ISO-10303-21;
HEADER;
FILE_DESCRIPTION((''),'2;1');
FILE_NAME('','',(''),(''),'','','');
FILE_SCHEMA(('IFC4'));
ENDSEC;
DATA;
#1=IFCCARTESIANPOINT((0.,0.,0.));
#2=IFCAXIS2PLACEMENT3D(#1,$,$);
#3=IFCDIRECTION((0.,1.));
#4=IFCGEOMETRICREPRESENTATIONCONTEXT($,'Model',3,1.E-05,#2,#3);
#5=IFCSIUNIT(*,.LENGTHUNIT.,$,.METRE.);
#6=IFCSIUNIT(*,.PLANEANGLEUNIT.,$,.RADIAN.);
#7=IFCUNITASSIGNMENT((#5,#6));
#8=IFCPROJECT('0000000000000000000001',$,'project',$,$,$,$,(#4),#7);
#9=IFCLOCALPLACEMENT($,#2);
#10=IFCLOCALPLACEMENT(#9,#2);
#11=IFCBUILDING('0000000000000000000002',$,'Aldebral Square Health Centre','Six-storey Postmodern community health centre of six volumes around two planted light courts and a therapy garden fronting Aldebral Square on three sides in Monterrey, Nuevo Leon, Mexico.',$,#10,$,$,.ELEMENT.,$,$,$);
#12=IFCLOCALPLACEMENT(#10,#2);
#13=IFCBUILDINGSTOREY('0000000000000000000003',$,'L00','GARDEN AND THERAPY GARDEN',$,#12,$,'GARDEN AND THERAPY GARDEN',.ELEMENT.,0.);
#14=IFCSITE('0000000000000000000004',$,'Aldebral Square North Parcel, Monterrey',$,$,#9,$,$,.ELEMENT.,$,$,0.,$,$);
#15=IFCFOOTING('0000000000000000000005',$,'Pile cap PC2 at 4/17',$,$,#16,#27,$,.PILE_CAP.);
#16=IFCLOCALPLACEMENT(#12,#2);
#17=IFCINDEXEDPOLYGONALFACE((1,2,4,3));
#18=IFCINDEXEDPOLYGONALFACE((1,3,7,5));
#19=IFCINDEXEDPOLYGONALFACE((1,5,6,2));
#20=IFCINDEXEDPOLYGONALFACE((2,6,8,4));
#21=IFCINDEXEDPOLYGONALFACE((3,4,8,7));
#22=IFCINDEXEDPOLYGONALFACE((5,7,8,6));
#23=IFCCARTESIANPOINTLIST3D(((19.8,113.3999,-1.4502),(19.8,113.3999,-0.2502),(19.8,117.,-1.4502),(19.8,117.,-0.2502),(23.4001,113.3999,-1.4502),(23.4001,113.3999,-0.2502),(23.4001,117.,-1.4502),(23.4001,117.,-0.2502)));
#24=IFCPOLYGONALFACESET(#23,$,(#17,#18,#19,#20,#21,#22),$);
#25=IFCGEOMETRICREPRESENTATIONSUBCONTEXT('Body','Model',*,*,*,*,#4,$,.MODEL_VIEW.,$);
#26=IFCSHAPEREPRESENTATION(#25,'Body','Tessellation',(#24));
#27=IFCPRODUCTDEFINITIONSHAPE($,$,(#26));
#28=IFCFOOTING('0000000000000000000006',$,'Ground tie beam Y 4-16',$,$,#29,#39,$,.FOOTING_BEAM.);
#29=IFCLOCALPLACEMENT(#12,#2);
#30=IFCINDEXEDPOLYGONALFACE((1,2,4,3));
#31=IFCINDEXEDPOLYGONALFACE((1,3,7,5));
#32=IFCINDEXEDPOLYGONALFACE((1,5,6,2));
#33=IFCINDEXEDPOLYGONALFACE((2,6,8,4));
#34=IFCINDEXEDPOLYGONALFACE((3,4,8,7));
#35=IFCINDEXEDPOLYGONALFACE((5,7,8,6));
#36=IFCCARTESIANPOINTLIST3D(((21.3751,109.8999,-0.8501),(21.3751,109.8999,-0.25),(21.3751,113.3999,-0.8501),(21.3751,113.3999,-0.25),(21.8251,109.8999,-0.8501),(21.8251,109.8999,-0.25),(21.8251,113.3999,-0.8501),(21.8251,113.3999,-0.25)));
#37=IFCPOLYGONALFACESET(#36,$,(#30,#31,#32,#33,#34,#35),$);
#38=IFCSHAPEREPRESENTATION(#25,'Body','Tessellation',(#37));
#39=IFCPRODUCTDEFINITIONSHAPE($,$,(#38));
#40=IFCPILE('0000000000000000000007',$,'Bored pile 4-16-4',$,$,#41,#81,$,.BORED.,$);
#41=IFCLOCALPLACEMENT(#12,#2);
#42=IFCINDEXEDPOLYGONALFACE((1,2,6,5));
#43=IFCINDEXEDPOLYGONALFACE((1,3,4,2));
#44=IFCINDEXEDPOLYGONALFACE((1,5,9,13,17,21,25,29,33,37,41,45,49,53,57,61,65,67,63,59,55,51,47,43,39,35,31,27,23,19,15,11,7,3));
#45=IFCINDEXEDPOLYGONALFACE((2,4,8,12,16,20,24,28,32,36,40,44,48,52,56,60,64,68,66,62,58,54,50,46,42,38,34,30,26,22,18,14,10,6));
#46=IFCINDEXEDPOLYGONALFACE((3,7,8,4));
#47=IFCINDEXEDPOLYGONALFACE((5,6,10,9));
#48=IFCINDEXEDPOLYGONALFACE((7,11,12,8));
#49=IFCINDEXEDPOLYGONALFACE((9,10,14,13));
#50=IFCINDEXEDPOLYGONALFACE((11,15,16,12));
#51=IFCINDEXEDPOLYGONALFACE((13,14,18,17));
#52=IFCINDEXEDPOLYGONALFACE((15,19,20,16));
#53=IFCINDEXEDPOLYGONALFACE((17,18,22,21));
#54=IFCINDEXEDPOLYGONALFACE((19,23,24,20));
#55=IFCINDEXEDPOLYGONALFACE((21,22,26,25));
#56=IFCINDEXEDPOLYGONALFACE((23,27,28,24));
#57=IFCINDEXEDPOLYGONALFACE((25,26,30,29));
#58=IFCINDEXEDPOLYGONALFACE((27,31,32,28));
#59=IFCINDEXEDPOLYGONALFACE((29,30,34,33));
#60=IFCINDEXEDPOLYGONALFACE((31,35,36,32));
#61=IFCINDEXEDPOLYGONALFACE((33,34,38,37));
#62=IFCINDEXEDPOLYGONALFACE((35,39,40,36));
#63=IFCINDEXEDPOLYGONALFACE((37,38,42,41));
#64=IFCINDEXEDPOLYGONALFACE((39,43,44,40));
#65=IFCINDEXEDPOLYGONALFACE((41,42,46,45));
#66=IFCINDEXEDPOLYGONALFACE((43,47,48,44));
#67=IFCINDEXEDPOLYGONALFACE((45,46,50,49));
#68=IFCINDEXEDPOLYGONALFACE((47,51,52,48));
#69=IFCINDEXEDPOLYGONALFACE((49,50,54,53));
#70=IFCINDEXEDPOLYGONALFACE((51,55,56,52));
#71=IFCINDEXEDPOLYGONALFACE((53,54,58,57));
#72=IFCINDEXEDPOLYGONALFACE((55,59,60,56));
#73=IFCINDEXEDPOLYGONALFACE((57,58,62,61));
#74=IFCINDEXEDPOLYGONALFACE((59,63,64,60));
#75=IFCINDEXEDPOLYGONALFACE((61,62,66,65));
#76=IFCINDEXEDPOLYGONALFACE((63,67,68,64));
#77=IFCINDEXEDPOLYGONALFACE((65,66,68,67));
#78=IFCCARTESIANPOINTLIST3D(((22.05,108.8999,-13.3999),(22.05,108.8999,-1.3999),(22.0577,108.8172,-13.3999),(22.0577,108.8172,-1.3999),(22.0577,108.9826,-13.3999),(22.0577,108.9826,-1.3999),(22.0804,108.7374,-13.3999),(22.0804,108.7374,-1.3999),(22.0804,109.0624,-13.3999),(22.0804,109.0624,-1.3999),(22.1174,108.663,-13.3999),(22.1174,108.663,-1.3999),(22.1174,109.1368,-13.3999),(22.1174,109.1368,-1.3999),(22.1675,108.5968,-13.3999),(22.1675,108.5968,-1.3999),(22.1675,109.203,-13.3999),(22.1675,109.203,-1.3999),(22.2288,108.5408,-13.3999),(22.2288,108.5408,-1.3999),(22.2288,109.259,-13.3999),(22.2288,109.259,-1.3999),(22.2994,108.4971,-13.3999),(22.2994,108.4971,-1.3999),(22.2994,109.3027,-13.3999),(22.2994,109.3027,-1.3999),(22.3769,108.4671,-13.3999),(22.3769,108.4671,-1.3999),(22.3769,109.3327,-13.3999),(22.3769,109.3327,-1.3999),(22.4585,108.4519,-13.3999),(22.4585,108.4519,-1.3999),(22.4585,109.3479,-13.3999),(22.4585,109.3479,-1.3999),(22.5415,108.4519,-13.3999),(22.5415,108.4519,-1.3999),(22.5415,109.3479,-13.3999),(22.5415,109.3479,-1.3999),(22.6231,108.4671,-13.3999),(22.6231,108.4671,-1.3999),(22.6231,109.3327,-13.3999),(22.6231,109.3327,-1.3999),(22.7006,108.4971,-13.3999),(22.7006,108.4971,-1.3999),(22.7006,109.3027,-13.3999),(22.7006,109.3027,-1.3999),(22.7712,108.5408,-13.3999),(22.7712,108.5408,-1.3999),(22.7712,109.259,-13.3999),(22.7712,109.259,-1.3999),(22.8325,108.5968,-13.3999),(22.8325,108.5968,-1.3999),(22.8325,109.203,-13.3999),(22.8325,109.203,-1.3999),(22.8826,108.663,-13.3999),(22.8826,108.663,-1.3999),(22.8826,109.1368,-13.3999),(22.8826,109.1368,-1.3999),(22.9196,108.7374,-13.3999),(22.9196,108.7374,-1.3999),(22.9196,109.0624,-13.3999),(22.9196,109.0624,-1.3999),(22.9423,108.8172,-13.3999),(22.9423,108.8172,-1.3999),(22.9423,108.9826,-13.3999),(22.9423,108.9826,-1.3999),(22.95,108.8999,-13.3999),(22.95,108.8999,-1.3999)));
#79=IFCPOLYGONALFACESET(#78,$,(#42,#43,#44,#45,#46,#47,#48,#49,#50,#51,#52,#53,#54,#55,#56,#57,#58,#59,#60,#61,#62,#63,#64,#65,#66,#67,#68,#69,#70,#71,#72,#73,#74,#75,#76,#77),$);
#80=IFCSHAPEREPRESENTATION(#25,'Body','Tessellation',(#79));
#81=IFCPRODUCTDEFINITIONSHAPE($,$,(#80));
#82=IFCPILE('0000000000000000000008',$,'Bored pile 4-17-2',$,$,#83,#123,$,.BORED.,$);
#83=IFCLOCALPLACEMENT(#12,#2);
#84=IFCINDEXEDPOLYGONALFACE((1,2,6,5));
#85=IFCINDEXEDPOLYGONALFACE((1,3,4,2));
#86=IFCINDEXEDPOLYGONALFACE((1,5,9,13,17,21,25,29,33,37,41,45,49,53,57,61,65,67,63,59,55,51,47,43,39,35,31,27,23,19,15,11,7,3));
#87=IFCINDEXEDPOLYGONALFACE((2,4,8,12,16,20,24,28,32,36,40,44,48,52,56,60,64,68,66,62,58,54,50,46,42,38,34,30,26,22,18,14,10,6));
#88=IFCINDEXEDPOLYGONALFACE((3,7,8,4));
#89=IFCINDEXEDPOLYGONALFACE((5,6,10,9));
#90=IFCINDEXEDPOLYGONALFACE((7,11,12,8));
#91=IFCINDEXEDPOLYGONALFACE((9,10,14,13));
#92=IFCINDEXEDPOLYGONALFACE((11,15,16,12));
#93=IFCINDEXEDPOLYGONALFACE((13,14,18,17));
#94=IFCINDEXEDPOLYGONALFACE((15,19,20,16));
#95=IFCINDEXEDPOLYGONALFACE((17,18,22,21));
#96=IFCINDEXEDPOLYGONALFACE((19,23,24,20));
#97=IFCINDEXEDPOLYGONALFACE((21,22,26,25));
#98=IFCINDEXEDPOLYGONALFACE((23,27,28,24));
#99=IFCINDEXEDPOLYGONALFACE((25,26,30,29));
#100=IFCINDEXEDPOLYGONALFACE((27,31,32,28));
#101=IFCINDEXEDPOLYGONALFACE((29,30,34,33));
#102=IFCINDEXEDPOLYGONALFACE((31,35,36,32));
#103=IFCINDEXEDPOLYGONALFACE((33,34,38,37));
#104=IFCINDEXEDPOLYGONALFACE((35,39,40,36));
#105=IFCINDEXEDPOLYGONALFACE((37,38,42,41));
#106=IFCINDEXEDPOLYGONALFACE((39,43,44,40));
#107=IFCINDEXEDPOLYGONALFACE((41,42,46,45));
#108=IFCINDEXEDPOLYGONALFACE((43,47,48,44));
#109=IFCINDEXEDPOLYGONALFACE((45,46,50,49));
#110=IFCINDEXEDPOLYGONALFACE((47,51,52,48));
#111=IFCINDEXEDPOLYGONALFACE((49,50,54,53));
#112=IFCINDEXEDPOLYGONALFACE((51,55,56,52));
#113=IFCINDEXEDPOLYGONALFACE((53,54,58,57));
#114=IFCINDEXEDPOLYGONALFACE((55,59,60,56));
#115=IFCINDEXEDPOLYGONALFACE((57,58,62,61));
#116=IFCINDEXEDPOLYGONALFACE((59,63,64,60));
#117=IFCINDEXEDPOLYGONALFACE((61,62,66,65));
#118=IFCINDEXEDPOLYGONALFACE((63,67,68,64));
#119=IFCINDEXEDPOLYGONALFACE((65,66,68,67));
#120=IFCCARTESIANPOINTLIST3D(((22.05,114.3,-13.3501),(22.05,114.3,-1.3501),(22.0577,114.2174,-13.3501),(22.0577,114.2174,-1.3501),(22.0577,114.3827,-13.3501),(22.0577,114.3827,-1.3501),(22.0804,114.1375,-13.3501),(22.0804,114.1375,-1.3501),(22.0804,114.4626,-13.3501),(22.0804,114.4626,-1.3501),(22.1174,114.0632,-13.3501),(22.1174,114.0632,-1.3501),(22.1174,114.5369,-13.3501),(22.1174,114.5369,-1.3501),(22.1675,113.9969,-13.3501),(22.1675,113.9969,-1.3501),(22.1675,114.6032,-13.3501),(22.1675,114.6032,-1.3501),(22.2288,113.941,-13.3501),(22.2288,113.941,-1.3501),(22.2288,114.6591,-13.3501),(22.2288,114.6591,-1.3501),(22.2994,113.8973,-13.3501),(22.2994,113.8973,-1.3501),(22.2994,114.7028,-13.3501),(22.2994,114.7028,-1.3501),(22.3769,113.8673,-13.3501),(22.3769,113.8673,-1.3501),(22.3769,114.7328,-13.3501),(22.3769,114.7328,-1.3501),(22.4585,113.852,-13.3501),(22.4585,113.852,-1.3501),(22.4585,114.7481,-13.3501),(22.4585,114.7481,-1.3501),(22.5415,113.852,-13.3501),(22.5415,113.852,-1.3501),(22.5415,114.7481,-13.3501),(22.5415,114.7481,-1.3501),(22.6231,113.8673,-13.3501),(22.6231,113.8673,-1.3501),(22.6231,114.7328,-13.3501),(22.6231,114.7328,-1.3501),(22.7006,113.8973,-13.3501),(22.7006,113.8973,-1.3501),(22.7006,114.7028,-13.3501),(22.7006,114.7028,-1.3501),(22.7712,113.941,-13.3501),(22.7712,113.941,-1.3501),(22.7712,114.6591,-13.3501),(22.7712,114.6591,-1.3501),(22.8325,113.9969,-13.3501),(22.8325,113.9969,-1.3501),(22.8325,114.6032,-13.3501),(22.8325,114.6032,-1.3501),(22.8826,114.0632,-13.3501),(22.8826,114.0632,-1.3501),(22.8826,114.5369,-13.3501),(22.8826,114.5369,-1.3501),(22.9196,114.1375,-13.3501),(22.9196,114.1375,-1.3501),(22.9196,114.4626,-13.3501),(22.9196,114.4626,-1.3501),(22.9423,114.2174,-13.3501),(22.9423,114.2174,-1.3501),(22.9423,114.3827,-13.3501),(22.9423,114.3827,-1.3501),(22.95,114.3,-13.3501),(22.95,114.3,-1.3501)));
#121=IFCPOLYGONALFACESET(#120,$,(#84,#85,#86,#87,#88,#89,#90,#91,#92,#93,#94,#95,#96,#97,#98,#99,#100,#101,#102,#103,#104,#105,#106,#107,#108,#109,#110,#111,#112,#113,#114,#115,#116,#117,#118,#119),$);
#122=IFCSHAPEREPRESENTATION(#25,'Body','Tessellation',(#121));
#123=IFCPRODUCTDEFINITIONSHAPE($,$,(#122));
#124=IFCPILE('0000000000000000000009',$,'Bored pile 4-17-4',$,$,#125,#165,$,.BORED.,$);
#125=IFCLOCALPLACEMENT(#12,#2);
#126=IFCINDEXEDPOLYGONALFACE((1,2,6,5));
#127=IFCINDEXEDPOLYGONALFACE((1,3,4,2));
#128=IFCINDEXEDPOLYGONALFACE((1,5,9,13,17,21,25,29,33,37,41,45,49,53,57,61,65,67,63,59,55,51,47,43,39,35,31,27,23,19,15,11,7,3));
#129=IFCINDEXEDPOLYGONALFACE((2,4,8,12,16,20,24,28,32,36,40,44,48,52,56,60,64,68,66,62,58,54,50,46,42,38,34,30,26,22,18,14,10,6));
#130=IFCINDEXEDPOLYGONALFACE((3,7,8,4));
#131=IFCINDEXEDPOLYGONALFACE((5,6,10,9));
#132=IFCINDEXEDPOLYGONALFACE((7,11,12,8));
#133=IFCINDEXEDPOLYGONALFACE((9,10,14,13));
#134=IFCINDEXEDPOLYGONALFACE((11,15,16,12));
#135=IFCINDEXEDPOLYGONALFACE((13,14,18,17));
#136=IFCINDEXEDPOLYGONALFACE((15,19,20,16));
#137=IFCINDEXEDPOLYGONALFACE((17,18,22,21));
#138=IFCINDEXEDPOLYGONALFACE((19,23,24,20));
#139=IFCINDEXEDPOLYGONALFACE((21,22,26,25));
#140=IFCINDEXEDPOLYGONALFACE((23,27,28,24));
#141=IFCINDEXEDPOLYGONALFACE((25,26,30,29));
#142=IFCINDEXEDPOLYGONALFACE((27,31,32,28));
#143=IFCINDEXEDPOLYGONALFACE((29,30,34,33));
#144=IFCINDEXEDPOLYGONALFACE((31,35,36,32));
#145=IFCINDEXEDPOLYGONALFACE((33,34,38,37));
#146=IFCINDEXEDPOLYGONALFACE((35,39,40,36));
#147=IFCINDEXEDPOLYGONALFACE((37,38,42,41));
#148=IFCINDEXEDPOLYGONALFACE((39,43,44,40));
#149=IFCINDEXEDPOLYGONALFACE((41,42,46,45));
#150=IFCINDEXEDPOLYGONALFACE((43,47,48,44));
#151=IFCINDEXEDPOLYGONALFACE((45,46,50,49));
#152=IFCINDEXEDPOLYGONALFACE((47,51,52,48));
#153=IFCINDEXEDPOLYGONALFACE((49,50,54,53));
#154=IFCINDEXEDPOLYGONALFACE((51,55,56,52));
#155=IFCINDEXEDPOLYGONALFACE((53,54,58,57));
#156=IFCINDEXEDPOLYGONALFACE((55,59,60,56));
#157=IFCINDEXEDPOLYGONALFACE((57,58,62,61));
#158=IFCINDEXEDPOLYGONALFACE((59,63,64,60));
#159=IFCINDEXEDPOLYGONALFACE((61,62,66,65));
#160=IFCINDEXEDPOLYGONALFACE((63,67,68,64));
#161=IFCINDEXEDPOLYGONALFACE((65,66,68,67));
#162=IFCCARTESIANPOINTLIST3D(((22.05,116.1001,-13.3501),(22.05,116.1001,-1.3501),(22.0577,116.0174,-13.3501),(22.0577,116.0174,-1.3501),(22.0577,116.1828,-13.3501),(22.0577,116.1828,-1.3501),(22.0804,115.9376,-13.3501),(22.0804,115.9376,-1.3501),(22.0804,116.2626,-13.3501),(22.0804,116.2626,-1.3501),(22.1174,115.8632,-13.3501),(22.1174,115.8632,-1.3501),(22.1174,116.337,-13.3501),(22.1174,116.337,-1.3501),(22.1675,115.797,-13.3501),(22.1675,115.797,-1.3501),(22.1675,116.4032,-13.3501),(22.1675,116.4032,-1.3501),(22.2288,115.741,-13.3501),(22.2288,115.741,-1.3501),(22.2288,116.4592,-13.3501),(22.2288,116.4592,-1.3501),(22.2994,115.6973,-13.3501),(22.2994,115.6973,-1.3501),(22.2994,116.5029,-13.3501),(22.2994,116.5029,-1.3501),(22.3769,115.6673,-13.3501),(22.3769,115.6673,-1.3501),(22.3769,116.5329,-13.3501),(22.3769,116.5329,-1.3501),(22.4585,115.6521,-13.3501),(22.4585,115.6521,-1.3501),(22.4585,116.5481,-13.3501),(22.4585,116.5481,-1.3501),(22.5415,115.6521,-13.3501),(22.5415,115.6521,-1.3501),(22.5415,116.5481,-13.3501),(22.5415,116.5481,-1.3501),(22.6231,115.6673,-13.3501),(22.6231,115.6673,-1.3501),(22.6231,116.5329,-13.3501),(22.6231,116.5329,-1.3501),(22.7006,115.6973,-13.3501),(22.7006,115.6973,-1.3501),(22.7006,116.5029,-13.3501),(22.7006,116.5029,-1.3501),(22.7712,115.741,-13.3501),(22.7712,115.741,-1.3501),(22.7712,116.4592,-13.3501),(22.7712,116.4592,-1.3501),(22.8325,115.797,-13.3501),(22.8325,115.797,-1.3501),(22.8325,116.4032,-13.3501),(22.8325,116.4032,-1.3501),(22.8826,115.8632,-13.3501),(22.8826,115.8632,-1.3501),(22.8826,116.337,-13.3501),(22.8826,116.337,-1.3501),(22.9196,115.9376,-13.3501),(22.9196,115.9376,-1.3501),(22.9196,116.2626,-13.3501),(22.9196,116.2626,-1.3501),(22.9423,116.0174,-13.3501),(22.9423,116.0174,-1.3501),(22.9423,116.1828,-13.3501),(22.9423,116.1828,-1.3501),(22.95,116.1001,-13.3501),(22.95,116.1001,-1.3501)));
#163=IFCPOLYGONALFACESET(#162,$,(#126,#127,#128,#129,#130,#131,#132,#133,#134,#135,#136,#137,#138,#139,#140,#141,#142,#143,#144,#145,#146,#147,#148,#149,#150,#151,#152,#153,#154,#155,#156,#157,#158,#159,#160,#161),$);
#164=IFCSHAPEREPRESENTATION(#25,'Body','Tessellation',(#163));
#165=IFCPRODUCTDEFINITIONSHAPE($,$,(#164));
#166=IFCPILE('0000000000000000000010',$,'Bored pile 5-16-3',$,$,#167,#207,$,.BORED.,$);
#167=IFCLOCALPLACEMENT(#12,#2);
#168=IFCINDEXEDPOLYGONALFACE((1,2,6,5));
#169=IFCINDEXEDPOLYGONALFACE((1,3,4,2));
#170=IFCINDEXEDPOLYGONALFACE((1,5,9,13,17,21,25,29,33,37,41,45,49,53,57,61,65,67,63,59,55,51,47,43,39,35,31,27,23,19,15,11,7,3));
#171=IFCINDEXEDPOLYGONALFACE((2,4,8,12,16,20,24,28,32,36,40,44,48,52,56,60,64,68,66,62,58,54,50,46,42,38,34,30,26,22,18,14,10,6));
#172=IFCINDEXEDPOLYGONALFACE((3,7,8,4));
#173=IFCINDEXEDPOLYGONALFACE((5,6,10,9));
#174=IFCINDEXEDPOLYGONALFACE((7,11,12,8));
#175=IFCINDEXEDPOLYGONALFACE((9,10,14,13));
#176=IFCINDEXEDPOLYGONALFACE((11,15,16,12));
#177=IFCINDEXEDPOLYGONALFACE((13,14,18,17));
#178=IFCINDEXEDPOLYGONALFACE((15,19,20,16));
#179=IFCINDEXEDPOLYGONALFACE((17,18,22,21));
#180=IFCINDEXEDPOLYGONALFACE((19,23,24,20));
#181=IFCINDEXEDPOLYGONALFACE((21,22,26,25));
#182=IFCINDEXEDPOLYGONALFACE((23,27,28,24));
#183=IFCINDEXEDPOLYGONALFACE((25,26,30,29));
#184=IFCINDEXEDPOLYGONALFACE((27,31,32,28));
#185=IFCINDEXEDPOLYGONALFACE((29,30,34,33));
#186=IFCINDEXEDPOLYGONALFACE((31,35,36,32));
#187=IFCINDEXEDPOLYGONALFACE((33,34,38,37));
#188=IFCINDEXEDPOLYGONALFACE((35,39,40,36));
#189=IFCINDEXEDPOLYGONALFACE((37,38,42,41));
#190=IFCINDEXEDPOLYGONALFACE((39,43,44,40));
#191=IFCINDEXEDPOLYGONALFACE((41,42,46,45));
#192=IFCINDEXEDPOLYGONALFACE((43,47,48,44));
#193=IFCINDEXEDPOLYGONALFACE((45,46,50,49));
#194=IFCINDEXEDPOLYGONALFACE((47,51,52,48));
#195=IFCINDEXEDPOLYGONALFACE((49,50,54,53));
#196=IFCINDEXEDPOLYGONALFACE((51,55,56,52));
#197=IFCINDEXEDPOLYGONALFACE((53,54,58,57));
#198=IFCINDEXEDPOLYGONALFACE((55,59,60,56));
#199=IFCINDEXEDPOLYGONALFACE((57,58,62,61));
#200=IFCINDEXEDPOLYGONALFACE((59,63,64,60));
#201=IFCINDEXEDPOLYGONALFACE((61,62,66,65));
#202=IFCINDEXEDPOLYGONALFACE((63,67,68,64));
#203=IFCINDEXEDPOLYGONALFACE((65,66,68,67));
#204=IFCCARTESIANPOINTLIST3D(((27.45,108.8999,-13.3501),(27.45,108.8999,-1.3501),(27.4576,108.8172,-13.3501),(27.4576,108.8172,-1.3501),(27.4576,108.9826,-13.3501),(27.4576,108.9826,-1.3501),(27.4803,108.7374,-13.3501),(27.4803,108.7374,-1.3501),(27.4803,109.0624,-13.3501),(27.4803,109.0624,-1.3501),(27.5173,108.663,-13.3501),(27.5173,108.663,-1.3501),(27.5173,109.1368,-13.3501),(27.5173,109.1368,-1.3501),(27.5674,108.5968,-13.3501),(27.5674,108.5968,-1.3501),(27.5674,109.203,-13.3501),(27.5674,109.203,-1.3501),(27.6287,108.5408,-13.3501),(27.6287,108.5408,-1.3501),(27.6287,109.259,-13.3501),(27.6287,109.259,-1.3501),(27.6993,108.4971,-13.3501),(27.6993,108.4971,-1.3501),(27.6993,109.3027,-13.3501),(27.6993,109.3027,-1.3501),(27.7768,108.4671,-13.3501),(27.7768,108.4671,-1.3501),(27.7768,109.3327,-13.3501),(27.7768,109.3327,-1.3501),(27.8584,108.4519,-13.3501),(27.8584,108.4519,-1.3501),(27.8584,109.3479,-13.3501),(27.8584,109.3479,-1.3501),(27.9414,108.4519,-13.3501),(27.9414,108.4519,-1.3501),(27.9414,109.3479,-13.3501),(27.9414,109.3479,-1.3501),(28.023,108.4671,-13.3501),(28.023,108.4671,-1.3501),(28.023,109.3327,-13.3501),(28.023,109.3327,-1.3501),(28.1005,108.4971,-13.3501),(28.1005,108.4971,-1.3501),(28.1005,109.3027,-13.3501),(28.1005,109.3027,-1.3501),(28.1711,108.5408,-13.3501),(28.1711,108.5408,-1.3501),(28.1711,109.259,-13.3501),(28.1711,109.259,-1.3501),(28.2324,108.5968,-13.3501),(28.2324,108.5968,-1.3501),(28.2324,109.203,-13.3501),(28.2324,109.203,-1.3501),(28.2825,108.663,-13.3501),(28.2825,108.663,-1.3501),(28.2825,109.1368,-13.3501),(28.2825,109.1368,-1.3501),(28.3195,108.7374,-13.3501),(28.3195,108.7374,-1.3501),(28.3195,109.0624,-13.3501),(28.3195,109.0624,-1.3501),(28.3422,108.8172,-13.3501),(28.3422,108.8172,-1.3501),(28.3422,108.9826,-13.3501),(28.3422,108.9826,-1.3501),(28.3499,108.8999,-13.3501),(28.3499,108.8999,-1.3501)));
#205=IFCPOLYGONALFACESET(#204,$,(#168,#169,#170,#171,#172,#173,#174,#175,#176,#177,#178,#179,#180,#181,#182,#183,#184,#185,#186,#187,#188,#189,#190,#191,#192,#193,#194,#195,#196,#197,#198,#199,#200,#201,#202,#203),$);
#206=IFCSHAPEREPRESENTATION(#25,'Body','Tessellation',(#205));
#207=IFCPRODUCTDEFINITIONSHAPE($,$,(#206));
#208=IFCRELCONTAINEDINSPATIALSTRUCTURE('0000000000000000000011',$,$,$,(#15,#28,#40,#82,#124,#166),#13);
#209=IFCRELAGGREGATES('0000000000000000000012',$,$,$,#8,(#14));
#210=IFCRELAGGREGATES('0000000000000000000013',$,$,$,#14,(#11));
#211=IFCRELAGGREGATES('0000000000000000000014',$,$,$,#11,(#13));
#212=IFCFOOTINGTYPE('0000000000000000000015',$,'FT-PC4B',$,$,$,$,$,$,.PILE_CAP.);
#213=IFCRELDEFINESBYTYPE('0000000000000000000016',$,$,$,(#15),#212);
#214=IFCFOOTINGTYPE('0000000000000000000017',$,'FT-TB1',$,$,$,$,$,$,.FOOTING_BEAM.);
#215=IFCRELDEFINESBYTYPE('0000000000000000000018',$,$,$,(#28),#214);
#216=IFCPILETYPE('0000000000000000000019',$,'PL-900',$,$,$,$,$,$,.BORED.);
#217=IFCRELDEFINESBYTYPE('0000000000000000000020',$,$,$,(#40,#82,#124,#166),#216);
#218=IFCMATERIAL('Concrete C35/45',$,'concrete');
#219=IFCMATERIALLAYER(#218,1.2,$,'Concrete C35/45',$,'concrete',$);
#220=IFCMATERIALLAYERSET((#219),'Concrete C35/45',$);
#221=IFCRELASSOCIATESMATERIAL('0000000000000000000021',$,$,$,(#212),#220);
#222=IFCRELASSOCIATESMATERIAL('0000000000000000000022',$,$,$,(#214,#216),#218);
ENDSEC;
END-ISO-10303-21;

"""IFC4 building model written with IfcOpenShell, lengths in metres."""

from ifc_helpers import new_model, si_unit, direction, frame, origin, origin_2d, place, context, subcontext, project, spatial, rectangle, circle, extrude, material, layer, layer_set, material_profile, profile_set, type_object, element, save


model = new_model("IFC4")

# Units and contexts
model_context = context("Model", 3, precision=1e-05, world=origin(), true_north=direction((0.0, 1.0)))
body_context = subcontext(model_context, "Body", "Model", "MODEL_VIEW")
ifc_project = project(units=[si_unit("LENGTHUNIT", "METRE"), si_unit("PLANEANGLEUNIT", "RADIAN")], contexts=[model_context])

# Site, building, storey
site_placement = place(None, origin())
site = spatial("IfcSite", under=ifc_project, at=site_placement, Name="Aldebral Square North Parcel, Monterrey", CompositionType="ELEMENT", RefElevation=0.0)
building_placement = place(site_placement, origin())
building = spatial("IfcBuilding", under=site, at=building_placement, Name="Aldebral Square Health Centre", Description="Six-storey Postmodern community health centre of six volumes around two planted light courts and a therapy garden fronting Aldebral Square on three sides in Monterrey, Nuevo Leon, Mexico.", CompositionType="ELEMENT")
storey_placement = place(building_placement, origin())
storey = spatial("IfcBuildingStorey", under=building, at=storey_placement, Name="L00", Description="GARDEN AND THERAPY GARDEN", LongName="GARDEN AND THERAPY GARDEN", CompositionType="ELEMENT", Elevation=0.0)

# Footings
ifc_material_1 = material(Name="Concrete C35/45", Category="concrete")
ifc_layer_1 = layer(ifc_material_1, 1.2, Name="Concrete C35/45", Category="concrete")
ifc_layer_set_1 = layer_set([ifc_layer_1], Name="Concrete C35/45")
footing_type_1 = type_object("IfcFootingType", Name="FT-PC4B", PredefinedType="PILE_CAP", material=ifc_layer_set_1)
footing_1_placement = place(storey_placement, frame((21.6001, 115.2, -1.4502), z_axis=(0.0, 0.0, 1.0), x_axis=(1.0, 0.0, 0.0)))
element("IfcFooting", 1, at=footing_1_placement, inside=storey, type_object=footing_type_1, Name="Pile cap PC2 at 4/17", PredefinedType="PILE_CAP", context=body_context, shape_type="SweptSolid", body=[
    extrude(rectangle(XDim=3.6001, YDim=3.6001, at=origin_2d()), origin(), (0.0, 0.0, 1.0), 1.2),
])
ifc_material_profile_1 = material_profile(ifc_material_1, rectangle(XDim=0.45, YDim=0.6001, at=origin_2d()), Name="RC 450x600")
ifc_profile_set_1 = profile_set([ifc_material_profile_1], Name="Concrete C35/45")
footing_type_2 = type_object("IfcFootingType", Name="FT-TB1", PredefinedType="FOOTING_BEAM", material=ifc_profile_set_1)
footing_2_placement = place(storey_placement, frame((21.6001, 109.8999, -0.55), z_axis=(0.0, 1.0, 0.0), x_axis=(-1.0, 0.0, 0.0)))
element("IfcFooting", 2, at=footing_2_placement, inside=storey, type_object=footing_type_2, Name="Ground tie beam Y 4-16", PredefinedType="FOOTING_BEAM", context=body_context, shape_type="SweptSolid", body=[
    extrude(rectangle(XDim=0.45, YDim=0.6001, at=origin_2d()), origin(), (0.0, 0.0, 1.0), 3.5),
])

# Piles
ifc_material_profile_2 = material_profile(ifc_material_1, circle(Radius=0.45, at=origin_2d()), Name="PILE D900")
ifc_profile_set_2 = profile_set([ifc_material_profile_2], Name="Concrete C35/45")
pile_type = type_object("IfcPileType", Name="PL-900", PredefinedType="BORED", material=ifc_profile_set_2)
for number, where, z_axis, x_axis, name in (
    (3, (22.5, 108.8999, -1.3999), (0.0, 0.0, -1.0), (1.0, 0.0, 0.0), "Bored pile 4-16-4"),
    (4, (22.5, 114.3, -1.3501), (0.0, 0.0, -1.0), (1.0, 0.0, 0.0), "Bored pile 4-17-2"),
    (5, (22.5, 116.1001, -1.3501), (0.0, 0.0, -1.0), (1.0, 0.0, 0.0), "Bored pile 4-17-4"),
    (6, (27.8999, 108.8999, -1.3501), (0.0, 0.0, -1.0), (1.0, 0.0, 0.0), "Bored pile 5-16-3"),
):
    element("IfcPile", number, at=place(storey_placement, frame(where, z_axis=z_axis, x_axis=x_axis)), inside=storey, type_object=pile_type, Name=name, PredefinedType="BORED", context=body_context, shape_type="SweptSolid", body=[
        extrude(circle(Radius=0.45, at=origin_2d()), origin(), (0.0, 0.0, 1.0), 12.0),
    ])

save(model, "model.ifc")
